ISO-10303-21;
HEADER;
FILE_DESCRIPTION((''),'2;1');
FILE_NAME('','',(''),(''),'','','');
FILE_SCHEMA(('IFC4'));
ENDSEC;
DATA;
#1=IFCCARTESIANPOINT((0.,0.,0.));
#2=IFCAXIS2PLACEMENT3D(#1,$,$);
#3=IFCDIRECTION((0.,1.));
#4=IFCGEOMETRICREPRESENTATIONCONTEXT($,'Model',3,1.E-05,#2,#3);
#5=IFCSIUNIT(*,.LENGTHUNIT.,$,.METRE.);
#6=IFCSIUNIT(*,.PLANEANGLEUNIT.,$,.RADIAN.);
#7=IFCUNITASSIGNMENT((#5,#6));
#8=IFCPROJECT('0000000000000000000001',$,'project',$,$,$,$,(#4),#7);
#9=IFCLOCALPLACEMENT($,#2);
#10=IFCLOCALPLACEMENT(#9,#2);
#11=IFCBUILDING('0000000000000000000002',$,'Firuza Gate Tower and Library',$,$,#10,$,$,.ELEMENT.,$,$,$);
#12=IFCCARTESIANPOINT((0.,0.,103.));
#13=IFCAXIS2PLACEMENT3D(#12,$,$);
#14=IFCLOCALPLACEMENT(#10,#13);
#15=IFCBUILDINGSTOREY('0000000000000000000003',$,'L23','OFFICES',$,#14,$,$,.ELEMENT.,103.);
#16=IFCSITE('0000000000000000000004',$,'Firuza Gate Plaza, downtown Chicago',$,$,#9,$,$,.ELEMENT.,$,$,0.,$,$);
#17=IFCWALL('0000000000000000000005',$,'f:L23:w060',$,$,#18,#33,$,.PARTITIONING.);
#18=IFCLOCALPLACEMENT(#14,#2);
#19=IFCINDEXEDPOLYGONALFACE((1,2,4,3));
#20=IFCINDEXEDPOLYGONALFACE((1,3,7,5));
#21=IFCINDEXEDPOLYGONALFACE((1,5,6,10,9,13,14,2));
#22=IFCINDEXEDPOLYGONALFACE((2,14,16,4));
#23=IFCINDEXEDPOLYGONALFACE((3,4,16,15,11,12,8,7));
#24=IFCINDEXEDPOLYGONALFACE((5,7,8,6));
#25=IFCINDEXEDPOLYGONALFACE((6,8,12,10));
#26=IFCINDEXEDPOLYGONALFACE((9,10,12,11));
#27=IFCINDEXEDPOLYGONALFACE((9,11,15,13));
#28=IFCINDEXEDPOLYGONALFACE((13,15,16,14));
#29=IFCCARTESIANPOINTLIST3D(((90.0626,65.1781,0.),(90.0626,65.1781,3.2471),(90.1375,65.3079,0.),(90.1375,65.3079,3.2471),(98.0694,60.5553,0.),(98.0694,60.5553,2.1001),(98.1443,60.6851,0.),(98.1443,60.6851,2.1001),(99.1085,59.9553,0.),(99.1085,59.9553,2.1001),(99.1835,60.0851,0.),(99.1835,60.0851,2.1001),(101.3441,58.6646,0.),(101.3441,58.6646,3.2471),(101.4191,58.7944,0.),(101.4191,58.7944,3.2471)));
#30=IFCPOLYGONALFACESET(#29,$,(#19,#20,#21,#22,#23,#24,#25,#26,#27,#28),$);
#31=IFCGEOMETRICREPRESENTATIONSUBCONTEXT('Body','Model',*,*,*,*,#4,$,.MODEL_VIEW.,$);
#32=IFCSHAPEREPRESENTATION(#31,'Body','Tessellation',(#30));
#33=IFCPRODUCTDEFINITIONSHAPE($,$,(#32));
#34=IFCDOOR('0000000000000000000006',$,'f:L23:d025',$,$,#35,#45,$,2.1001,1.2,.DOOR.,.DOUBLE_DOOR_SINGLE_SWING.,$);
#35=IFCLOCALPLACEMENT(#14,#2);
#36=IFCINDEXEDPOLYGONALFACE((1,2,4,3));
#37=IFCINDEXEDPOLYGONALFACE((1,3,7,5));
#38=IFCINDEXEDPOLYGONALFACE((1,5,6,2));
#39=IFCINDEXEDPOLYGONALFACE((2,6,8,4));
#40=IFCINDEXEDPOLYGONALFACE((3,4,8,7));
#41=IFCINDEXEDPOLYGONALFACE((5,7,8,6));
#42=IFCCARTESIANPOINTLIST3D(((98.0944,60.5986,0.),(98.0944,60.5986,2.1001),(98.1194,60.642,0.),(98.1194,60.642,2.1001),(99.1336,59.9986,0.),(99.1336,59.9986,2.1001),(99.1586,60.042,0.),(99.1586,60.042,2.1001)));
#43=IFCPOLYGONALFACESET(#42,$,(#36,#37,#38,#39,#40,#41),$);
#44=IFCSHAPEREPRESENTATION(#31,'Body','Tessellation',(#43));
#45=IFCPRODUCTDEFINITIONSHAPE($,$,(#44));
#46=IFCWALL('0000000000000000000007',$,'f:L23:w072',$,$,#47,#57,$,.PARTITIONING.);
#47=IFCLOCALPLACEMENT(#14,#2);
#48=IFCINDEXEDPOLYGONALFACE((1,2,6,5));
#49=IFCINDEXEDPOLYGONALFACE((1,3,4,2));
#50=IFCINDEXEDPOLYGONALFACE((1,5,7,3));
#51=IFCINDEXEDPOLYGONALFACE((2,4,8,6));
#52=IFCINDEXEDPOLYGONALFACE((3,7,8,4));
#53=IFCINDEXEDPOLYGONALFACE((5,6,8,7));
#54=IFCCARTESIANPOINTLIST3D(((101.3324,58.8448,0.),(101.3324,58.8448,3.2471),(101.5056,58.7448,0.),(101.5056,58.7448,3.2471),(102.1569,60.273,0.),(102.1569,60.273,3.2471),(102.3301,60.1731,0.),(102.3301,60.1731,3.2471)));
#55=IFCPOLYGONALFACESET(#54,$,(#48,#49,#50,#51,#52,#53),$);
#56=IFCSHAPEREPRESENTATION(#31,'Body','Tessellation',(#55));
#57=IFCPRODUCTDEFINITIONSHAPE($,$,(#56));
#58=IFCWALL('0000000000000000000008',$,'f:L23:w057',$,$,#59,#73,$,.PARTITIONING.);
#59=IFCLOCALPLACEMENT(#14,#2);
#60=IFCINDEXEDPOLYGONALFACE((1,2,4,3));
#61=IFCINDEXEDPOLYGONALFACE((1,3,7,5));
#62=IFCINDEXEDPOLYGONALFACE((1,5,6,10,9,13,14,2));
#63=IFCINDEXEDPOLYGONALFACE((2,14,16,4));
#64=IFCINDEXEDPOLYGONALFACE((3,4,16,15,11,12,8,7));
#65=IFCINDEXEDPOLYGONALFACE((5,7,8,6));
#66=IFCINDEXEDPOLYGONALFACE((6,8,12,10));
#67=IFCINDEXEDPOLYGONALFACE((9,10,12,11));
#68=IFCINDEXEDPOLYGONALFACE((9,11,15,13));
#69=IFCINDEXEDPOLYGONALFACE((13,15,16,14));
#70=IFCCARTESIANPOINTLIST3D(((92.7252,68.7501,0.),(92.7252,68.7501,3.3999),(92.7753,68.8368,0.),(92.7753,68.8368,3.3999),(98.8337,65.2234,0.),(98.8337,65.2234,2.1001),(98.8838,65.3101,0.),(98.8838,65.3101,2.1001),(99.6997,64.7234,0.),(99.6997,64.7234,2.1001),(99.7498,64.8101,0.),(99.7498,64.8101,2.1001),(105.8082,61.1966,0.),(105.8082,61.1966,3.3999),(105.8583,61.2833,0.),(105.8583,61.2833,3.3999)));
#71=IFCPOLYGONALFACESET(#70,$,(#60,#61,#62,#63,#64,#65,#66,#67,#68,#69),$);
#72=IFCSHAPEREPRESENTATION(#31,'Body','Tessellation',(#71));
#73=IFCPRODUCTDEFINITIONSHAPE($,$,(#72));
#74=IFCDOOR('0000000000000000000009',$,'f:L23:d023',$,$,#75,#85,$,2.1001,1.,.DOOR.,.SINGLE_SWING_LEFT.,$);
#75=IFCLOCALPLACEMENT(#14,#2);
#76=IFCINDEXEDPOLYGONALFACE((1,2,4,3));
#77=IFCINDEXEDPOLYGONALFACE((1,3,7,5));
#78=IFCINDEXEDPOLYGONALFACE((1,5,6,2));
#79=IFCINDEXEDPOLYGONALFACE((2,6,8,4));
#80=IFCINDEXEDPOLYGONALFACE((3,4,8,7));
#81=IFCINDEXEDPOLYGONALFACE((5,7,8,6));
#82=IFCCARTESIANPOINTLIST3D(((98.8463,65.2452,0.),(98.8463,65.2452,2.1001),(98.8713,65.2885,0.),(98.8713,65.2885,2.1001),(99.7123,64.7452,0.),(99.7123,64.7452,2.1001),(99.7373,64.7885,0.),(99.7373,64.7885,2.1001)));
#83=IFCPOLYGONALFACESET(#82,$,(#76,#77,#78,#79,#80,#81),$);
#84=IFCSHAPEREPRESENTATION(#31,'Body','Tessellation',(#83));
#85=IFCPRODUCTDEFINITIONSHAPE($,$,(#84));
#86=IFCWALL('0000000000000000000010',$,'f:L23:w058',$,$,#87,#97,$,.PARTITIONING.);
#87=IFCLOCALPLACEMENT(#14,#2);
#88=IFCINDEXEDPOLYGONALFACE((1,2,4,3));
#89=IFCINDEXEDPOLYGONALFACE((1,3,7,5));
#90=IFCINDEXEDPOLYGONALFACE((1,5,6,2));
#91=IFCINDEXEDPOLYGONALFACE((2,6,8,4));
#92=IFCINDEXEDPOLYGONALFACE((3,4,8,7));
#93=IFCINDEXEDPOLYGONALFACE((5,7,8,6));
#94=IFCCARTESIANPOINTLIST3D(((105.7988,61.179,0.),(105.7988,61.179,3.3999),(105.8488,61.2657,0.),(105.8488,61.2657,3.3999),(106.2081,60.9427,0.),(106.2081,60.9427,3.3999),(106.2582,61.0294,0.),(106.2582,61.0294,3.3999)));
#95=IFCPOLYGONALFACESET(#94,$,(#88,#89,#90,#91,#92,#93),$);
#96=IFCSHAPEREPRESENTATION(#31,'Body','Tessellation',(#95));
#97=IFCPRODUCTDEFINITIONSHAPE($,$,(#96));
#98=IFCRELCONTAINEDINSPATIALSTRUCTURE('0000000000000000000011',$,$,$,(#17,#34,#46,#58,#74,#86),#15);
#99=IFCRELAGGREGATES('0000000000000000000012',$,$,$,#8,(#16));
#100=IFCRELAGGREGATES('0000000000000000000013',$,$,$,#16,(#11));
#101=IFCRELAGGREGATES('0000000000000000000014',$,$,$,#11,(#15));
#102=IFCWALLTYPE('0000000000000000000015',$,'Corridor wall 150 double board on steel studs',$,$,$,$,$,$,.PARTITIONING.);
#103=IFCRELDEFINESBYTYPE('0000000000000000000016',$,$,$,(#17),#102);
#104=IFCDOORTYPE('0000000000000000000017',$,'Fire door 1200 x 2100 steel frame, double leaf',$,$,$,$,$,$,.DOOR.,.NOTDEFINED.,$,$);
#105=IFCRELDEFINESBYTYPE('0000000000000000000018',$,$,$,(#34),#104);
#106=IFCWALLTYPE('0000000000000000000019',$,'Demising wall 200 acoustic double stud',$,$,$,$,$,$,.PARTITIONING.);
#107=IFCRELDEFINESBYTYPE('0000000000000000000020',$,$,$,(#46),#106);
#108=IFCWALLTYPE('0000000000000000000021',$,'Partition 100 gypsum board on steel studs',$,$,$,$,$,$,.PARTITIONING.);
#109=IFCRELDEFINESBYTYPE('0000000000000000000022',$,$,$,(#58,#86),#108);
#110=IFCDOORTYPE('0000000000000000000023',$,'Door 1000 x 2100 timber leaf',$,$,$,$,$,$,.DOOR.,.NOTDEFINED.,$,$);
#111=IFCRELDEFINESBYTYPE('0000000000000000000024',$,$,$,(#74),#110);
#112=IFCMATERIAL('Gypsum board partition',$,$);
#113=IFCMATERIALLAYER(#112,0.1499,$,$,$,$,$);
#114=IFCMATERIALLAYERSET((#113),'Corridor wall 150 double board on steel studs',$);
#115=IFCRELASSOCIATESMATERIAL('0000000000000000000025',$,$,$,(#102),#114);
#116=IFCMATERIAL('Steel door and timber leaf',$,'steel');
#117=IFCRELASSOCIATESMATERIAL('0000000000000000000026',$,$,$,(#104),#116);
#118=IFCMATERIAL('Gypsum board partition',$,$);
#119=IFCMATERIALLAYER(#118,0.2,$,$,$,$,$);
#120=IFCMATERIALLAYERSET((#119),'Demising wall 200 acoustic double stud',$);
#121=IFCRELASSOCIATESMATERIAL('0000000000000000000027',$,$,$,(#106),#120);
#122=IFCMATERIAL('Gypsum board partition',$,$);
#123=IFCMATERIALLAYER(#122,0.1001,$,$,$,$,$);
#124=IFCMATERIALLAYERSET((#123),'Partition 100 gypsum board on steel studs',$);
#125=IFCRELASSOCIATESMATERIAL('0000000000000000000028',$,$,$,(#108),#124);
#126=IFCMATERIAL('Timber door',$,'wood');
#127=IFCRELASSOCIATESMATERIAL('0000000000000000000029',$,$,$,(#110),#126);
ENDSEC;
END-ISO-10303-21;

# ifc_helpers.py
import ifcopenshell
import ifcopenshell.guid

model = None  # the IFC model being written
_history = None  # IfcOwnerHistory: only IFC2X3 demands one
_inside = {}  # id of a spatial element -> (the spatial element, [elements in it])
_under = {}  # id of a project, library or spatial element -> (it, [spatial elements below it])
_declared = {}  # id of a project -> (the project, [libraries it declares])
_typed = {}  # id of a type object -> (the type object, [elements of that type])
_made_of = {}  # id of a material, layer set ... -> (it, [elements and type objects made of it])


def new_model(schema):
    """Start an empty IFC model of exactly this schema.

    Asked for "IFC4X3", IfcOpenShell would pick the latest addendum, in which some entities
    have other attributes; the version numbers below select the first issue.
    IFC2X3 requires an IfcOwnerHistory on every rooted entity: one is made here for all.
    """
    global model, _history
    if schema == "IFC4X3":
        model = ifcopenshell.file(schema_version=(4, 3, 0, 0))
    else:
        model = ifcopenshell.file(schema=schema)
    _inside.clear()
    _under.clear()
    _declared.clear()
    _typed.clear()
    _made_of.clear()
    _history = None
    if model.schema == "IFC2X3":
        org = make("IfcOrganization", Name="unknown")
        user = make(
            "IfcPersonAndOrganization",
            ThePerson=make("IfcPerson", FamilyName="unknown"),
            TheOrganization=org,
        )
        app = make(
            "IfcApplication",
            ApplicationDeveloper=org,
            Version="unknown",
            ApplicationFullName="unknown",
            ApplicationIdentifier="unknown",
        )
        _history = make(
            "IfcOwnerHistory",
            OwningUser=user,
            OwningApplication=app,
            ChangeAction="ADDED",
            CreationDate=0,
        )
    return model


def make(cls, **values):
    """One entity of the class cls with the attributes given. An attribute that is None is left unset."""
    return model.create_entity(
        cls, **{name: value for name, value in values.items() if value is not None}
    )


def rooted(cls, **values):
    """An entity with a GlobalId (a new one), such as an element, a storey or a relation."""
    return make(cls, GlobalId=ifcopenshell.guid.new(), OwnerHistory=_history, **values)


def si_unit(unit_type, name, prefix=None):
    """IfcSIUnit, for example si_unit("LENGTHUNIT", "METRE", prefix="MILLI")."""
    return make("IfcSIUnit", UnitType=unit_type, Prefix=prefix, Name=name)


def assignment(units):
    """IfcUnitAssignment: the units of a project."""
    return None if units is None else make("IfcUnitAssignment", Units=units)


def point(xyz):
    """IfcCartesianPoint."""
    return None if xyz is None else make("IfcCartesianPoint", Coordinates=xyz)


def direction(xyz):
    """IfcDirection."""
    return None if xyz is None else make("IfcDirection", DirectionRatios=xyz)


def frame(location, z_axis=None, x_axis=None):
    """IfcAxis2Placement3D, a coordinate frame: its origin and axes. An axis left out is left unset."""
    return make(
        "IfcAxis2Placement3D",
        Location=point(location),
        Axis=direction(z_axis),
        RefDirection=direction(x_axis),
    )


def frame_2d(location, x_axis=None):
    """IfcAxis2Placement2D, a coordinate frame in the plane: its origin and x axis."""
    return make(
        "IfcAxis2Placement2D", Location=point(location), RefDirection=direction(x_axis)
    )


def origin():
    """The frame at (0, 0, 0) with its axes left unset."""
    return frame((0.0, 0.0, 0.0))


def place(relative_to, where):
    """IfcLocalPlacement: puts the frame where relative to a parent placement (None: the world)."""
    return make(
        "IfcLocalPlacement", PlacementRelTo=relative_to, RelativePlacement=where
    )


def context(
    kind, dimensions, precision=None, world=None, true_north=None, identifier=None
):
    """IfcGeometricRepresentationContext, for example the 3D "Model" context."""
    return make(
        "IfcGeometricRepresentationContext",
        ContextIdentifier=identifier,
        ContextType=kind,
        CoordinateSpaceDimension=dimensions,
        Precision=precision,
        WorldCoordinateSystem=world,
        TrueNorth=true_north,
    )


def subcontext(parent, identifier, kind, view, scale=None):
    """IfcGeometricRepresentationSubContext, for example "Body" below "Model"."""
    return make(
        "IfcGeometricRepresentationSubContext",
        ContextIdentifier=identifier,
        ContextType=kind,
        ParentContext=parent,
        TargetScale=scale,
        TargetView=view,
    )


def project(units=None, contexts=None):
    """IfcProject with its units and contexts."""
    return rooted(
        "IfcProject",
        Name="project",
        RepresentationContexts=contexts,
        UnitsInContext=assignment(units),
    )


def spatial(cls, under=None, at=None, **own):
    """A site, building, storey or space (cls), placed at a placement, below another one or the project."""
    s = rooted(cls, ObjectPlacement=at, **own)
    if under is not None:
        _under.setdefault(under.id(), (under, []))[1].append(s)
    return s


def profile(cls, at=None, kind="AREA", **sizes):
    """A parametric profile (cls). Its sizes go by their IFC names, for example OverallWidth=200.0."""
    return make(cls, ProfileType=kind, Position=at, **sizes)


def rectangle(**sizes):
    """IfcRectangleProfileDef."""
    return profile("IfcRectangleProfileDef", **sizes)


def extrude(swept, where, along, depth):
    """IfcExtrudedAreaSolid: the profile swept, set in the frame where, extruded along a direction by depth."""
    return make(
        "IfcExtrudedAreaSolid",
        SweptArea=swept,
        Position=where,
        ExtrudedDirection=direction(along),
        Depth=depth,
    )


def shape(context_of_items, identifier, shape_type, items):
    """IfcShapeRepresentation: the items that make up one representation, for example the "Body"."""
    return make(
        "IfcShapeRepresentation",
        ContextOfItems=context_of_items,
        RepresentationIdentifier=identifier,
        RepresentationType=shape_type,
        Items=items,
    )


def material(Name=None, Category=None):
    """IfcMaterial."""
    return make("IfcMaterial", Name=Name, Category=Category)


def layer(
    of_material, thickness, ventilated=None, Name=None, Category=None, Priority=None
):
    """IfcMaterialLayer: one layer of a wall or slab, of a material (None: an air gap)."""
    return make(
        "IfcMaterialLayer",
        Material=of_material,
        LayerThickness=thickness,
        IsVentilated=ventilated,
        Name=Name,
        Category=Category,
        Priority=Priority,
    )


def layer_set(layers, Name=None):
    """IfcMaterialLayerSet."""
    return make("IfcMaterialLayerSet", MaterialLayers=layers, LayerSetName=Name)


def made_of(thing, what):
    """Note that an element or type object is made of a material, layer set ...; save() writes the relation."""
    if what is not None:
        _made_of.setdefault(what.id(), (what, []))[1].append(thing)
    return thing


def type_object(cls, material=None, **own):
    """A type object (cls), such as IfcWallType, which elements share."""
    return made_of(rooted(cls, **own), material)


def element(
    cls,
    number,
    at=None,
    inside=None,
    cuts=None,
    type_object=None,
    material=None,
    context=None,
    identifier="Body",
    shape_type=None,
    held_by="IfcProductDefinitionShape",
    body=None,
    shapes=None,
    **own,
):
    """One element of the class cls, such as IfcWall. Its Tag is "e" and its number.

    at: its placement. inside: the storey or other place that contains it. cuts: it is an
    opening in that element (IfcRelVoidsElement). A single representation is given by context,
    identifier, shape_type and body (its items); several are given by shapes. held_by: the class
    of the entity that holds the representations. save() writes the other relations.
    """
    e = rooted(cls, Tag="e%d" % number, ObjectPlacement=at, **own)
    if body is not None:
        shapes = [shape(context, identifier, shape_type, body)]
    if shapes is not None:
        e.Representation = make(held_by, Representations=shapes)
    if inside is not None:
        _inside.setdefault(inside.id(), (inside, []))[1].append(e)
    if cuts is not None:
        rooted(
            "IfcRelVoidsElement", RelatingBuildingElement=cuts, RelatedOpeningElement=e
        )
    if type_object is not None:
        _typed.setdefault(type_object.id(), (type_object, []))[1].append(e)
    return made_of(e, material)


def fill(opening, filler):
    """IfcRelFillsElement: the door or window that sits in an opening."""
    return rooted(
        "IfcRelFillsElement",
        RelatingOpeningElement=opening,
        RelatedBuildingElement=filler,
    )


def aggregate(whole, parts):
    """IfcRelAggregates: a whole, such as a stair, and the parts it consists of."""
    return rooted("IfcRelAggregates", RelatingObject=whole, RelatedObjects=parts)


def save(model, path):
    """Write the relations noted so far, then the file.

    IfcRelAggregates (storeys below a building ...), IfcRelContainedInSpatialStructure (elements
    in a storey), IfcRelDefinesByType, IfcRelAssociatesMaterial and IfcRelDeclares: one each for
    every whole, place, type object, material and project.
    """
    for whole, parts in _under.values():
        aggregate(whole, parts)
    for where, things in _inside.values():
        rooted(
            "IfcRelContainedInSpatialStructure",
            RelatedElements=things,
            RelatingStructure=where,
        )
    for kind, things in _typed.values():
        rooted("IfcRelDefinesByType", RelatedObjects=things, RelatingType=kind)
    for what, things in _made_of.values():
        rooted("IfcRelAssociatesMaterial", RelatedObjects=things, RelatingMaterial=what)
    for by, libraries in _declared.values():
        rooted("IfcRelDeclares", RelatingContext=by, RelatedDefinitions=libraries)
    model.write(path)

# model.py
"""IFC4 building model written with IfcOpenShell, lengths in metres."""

from ifc_helpers import new_model, si_unit, direction, frame, frame_2d, origin, place, context, subcontext, project, spatial, rectangle, extrude, material, layer, layer_set, type_object, element, fill, save


model = new_model("IFC4")

# Units and contexts
model_context = context("Model", 3, precision=1e-05, world=origin(), true_north=direction((0.0, 1.0)))
body_context = subcontext(model_context, "Body", "Model", "MODEL_VIEW")
ifc_project = project(units=[si_unit("LENGTHUNIT", "METRE"), si_unit("PLANEANGLEUNIT", "RADIAN")], contexts=[model_context])

# Site, building, storey
site_placement = place(None, origin())
site = spatial("IfcSite", under=ifc_project, at=site_placement, Name="Firuza Gate Plaza, downtown Chicago", CompositionType="ELEMENT", RefElevation=0.0)
building_placement = place(site_placement, origin())
building = spatial("IfcBuilding", under=site, at=building_placement, Name="Firuza Gate Tower and Library", CompositionType="ELEMENT")
storey_placement = place(building_placement, frame((0.0, 0.0, 103.0)))
storey = spatial("IfcBuildingStorey", under=building, at=storey_placement, Name="L23", Description="OFFICES", CompositionType="ELEMENT", Elevation=103.0)

# Wall, opening, door
ifc_material_1 = material(Name="Gypsum board partition")
ifc_layer_1 = layer(ifc_material_1, 0.1499)
ifc_layer_set_1 = layer_set([ifc_layer_1], Name="Corridor wall 150 double board on steel studs")
wall_type_1 = type_object("IfcWallType", Name="Corridor wall 150 double board on steel studs", PredefinedType="PARTITIONING", material=ifc_layer_set_1)
wall_1_placement = place(storey_placement, frame((101.3816, 58.7295, 0.0), z_axis=(0.0, 0.0, 1.0), x_axis=(-0.866024, 0.500003, 0.0)))
wall_1 = element("IfcWall", 1, at=wall_1_placement, inside=storey, type_object=wall_type_1, Name="f:L23:w060", PredefinedType="PARTITIONING", context=body_context, shape_type="SweptSolid", body=[
    extrude(rectangle(XDim=13.0269, YDim=0.1499, at=frame_2d((6.5134, 0.0))), origin(), (0.0, 0.0, 1.0), 3.2471),
])
opening_1_placement = place(wall_1_placement, frame((2.5813, 0.0, 0.0)))
opening_1 = element("IfcOpeningElement", 2, at=opening_1_placement, cuts=wall_1, PredefinedType="OPENING", context=body_context, shape_type="SweptSolid", body=[
    extrude(rectangle(XDim=1.2, YDim=2.1001, at=frame_2d((0.6001, 1.05))), frame((0.0, 0.085, 0.0), z_axis=(0.0, -1.0, 0.0), x_axis=(1.0, 0.0, 0.0)), (0.0, 0.0, 1.0), 0.1699),
])
ifc_material_2 = material(Name="Steel door and timber leaf", Category="steel")
door_type_1 = type_object("IfcDoorType", Name="Fire door 1200 x 2100 steel frame, double leaf", OperationType="NOTDEFINED", PredefinedType="DOOR", material=ifc_material_2)
door_1_placement = place(opening_1_placement, origin())
door_1 = element("IfcDoor", 3, at=door_1_placement, inside=storey, type_object=door_type_1, Name="f:L23:d025", OperationType="DOUBLE_DOOR_SINGLE_SWING", OverallHeight=2.1001, OverallWidth=1.2, PredefinedType="DOOR", context=body_context, shape_type="SweptSolid", body=[
    extrude(rectangle(XDim=1.2, YDim=2.1001, at=frame_2d((0.6001, 1.05))), frame((0.0, 0.0249, 0.0), z_axis=(0.0, -1.0, 0.0), x_axis=(1.0, 0.0, 0.0)), (0.0, 0.0, 1.0), 0.05),
])
fill(opening_1, door_1)

# Wall
ifc_material_3 = material(Name="Gypsum board partition")
ifc_layer_2 = layer(ifc_material_3, 0.2)
ifc_layer_set_2 = layer_set([ifc_layer_2], Name="Demising wall 200 acoustic double stud")
wall_type_2 = type_object("IfcWallType", Name="Demising wall 200 acoustic double stud", PredefinedType="PARTITIONING", material=ifc_layer_set_2)
wall_2_placement = place(storey_placement, frame((101.4189, 58.7947, 0.0), z_axis=(0.0, 0.0, 1.0), x_axis=(0.499945, 0.866057, 0.0)))
element("IfcWall", 4, at=wall_2_placement, inside=storey, type_object=wall_type_2, Name="f:L23:w072", PredefinedType="PARTITIONING", context=body_context, shape_type="SweptSolid", body=[
    extrude(rectangle(XDim=1.6492, YDim=0.2, at=frame_2d((0.8247, 0.0))), origin(), (0.0, 0.0, 1.0), 3.2471),
])

# Wall, opening, door
ifc_material_4 = material(Name="Gypsum board partition")
ifc_layer_3 = layer(ifc_material_4, 0.1001)
ifc_layer_set_3 = layer_set([ifc_layer_3], Name="Partition 100 gypsum board on steel studs")
wall_type_3 = type_object("IfcWallType", Name="Partition 100 gypsum board on steel studs", PredefinedType="PARTITIONING", material=ifc_layer_set_3)
wall_3_placement = place(storey_placement, frame((105.8333, 61.24, 0.0), z_axis=(0.0, 0.0, 1.0), x_axis=(-0.866026, 0.499999, 0.0)))
wall_3 = element("IfcWall", 5, at=wall_3_placement, inside=storey, type_object=wall_type_3, Name="f:L23:w057", PredefinedType="PARTITIONING", context=body_context, shape_type="SweptSolid", body=[
    extrude(rectangle(XDim=15.1069, YDim=0.1001, at=frame_2d((7.5535, 0.0))), origin(), (0.0, 0.0, 1.0), 3.3999),
])
opening_2_placement = place(wall_3_placement, frame((7.0535, 0.0, 0.0)))
opening_2 = element("IfcOpeningElement", 6, at=opening_2_placement, cuts=wall_3, PredefinedType="OPENING", context=body_context, shape_type="SweptSolid", body=[
    extrude(rectangle(XDim=1.0, YDim=2.1001, at=frame_2d((0.5, 1.05))), frame((0.0, 0.0601, 0.0), z_axis=(0.0, -1.0, 0.0), x_axis=(1.0, 0.0, 0.0)), (0.0, 0.0, 1.0), 0.1201),
])
ifc_material_5 = material(Name="Timber door", Category="wood")
door_type_2 = type_object("IfcDoorType", Name="Door 1000 x 2100 timber leaf", OperationType="NOTDEFINED", PredefinedType="DOOR", material=ifc_material_5)
door_2_placement = place(opening_2_placement, origin())
door_2 = element("IfcDoor", 7, at=door_2_placement, inside=storey, type_object=door_type_2, Name="f:L23:d023", OperationType="SINGLE_SWING_LEFT", OverallHeight=2.1001, OverallWidth=1.0, PredefinedType="DOOR", context=body_context, shape_type="SweptSolid", body=[
    extrude(rectangle(XDim=1.0, YDim=2.1001, at=frame_2d((0.5, 1.05))), frame((0.0, 0.0249, 0.0), z_axis=(0.0, -1.0, 0.0), x_axis=(1.0, 0.0, 0.0)), (0.0, 0.0, 1.0), 0.05),
])
fill(opening_2, door_2)

# Wall
wall_4_placement = place(storey_placement, frame((106.2332, 60.9861, 0.0), z_axis=(0.0, 0.0, 1.0), x_axis=(-0.866074, 0.499916, 0.0)))
element("IfcWall", 8, at=wall_4_placement, inside=storey, type_object=wall_type_3, Name="f:L23:w058", PredefinedType="PARTITIONING", context=body_context, shape_type="SweptSolid", body=[
    extrude(rectangle(XDim=0.4727, YDim=0.1001, at=frame_2d((0.2363, 0.0))), origin(), (0.0, 0.0, 1.0), 3.3999),
])

save(model, "model.ifc")
